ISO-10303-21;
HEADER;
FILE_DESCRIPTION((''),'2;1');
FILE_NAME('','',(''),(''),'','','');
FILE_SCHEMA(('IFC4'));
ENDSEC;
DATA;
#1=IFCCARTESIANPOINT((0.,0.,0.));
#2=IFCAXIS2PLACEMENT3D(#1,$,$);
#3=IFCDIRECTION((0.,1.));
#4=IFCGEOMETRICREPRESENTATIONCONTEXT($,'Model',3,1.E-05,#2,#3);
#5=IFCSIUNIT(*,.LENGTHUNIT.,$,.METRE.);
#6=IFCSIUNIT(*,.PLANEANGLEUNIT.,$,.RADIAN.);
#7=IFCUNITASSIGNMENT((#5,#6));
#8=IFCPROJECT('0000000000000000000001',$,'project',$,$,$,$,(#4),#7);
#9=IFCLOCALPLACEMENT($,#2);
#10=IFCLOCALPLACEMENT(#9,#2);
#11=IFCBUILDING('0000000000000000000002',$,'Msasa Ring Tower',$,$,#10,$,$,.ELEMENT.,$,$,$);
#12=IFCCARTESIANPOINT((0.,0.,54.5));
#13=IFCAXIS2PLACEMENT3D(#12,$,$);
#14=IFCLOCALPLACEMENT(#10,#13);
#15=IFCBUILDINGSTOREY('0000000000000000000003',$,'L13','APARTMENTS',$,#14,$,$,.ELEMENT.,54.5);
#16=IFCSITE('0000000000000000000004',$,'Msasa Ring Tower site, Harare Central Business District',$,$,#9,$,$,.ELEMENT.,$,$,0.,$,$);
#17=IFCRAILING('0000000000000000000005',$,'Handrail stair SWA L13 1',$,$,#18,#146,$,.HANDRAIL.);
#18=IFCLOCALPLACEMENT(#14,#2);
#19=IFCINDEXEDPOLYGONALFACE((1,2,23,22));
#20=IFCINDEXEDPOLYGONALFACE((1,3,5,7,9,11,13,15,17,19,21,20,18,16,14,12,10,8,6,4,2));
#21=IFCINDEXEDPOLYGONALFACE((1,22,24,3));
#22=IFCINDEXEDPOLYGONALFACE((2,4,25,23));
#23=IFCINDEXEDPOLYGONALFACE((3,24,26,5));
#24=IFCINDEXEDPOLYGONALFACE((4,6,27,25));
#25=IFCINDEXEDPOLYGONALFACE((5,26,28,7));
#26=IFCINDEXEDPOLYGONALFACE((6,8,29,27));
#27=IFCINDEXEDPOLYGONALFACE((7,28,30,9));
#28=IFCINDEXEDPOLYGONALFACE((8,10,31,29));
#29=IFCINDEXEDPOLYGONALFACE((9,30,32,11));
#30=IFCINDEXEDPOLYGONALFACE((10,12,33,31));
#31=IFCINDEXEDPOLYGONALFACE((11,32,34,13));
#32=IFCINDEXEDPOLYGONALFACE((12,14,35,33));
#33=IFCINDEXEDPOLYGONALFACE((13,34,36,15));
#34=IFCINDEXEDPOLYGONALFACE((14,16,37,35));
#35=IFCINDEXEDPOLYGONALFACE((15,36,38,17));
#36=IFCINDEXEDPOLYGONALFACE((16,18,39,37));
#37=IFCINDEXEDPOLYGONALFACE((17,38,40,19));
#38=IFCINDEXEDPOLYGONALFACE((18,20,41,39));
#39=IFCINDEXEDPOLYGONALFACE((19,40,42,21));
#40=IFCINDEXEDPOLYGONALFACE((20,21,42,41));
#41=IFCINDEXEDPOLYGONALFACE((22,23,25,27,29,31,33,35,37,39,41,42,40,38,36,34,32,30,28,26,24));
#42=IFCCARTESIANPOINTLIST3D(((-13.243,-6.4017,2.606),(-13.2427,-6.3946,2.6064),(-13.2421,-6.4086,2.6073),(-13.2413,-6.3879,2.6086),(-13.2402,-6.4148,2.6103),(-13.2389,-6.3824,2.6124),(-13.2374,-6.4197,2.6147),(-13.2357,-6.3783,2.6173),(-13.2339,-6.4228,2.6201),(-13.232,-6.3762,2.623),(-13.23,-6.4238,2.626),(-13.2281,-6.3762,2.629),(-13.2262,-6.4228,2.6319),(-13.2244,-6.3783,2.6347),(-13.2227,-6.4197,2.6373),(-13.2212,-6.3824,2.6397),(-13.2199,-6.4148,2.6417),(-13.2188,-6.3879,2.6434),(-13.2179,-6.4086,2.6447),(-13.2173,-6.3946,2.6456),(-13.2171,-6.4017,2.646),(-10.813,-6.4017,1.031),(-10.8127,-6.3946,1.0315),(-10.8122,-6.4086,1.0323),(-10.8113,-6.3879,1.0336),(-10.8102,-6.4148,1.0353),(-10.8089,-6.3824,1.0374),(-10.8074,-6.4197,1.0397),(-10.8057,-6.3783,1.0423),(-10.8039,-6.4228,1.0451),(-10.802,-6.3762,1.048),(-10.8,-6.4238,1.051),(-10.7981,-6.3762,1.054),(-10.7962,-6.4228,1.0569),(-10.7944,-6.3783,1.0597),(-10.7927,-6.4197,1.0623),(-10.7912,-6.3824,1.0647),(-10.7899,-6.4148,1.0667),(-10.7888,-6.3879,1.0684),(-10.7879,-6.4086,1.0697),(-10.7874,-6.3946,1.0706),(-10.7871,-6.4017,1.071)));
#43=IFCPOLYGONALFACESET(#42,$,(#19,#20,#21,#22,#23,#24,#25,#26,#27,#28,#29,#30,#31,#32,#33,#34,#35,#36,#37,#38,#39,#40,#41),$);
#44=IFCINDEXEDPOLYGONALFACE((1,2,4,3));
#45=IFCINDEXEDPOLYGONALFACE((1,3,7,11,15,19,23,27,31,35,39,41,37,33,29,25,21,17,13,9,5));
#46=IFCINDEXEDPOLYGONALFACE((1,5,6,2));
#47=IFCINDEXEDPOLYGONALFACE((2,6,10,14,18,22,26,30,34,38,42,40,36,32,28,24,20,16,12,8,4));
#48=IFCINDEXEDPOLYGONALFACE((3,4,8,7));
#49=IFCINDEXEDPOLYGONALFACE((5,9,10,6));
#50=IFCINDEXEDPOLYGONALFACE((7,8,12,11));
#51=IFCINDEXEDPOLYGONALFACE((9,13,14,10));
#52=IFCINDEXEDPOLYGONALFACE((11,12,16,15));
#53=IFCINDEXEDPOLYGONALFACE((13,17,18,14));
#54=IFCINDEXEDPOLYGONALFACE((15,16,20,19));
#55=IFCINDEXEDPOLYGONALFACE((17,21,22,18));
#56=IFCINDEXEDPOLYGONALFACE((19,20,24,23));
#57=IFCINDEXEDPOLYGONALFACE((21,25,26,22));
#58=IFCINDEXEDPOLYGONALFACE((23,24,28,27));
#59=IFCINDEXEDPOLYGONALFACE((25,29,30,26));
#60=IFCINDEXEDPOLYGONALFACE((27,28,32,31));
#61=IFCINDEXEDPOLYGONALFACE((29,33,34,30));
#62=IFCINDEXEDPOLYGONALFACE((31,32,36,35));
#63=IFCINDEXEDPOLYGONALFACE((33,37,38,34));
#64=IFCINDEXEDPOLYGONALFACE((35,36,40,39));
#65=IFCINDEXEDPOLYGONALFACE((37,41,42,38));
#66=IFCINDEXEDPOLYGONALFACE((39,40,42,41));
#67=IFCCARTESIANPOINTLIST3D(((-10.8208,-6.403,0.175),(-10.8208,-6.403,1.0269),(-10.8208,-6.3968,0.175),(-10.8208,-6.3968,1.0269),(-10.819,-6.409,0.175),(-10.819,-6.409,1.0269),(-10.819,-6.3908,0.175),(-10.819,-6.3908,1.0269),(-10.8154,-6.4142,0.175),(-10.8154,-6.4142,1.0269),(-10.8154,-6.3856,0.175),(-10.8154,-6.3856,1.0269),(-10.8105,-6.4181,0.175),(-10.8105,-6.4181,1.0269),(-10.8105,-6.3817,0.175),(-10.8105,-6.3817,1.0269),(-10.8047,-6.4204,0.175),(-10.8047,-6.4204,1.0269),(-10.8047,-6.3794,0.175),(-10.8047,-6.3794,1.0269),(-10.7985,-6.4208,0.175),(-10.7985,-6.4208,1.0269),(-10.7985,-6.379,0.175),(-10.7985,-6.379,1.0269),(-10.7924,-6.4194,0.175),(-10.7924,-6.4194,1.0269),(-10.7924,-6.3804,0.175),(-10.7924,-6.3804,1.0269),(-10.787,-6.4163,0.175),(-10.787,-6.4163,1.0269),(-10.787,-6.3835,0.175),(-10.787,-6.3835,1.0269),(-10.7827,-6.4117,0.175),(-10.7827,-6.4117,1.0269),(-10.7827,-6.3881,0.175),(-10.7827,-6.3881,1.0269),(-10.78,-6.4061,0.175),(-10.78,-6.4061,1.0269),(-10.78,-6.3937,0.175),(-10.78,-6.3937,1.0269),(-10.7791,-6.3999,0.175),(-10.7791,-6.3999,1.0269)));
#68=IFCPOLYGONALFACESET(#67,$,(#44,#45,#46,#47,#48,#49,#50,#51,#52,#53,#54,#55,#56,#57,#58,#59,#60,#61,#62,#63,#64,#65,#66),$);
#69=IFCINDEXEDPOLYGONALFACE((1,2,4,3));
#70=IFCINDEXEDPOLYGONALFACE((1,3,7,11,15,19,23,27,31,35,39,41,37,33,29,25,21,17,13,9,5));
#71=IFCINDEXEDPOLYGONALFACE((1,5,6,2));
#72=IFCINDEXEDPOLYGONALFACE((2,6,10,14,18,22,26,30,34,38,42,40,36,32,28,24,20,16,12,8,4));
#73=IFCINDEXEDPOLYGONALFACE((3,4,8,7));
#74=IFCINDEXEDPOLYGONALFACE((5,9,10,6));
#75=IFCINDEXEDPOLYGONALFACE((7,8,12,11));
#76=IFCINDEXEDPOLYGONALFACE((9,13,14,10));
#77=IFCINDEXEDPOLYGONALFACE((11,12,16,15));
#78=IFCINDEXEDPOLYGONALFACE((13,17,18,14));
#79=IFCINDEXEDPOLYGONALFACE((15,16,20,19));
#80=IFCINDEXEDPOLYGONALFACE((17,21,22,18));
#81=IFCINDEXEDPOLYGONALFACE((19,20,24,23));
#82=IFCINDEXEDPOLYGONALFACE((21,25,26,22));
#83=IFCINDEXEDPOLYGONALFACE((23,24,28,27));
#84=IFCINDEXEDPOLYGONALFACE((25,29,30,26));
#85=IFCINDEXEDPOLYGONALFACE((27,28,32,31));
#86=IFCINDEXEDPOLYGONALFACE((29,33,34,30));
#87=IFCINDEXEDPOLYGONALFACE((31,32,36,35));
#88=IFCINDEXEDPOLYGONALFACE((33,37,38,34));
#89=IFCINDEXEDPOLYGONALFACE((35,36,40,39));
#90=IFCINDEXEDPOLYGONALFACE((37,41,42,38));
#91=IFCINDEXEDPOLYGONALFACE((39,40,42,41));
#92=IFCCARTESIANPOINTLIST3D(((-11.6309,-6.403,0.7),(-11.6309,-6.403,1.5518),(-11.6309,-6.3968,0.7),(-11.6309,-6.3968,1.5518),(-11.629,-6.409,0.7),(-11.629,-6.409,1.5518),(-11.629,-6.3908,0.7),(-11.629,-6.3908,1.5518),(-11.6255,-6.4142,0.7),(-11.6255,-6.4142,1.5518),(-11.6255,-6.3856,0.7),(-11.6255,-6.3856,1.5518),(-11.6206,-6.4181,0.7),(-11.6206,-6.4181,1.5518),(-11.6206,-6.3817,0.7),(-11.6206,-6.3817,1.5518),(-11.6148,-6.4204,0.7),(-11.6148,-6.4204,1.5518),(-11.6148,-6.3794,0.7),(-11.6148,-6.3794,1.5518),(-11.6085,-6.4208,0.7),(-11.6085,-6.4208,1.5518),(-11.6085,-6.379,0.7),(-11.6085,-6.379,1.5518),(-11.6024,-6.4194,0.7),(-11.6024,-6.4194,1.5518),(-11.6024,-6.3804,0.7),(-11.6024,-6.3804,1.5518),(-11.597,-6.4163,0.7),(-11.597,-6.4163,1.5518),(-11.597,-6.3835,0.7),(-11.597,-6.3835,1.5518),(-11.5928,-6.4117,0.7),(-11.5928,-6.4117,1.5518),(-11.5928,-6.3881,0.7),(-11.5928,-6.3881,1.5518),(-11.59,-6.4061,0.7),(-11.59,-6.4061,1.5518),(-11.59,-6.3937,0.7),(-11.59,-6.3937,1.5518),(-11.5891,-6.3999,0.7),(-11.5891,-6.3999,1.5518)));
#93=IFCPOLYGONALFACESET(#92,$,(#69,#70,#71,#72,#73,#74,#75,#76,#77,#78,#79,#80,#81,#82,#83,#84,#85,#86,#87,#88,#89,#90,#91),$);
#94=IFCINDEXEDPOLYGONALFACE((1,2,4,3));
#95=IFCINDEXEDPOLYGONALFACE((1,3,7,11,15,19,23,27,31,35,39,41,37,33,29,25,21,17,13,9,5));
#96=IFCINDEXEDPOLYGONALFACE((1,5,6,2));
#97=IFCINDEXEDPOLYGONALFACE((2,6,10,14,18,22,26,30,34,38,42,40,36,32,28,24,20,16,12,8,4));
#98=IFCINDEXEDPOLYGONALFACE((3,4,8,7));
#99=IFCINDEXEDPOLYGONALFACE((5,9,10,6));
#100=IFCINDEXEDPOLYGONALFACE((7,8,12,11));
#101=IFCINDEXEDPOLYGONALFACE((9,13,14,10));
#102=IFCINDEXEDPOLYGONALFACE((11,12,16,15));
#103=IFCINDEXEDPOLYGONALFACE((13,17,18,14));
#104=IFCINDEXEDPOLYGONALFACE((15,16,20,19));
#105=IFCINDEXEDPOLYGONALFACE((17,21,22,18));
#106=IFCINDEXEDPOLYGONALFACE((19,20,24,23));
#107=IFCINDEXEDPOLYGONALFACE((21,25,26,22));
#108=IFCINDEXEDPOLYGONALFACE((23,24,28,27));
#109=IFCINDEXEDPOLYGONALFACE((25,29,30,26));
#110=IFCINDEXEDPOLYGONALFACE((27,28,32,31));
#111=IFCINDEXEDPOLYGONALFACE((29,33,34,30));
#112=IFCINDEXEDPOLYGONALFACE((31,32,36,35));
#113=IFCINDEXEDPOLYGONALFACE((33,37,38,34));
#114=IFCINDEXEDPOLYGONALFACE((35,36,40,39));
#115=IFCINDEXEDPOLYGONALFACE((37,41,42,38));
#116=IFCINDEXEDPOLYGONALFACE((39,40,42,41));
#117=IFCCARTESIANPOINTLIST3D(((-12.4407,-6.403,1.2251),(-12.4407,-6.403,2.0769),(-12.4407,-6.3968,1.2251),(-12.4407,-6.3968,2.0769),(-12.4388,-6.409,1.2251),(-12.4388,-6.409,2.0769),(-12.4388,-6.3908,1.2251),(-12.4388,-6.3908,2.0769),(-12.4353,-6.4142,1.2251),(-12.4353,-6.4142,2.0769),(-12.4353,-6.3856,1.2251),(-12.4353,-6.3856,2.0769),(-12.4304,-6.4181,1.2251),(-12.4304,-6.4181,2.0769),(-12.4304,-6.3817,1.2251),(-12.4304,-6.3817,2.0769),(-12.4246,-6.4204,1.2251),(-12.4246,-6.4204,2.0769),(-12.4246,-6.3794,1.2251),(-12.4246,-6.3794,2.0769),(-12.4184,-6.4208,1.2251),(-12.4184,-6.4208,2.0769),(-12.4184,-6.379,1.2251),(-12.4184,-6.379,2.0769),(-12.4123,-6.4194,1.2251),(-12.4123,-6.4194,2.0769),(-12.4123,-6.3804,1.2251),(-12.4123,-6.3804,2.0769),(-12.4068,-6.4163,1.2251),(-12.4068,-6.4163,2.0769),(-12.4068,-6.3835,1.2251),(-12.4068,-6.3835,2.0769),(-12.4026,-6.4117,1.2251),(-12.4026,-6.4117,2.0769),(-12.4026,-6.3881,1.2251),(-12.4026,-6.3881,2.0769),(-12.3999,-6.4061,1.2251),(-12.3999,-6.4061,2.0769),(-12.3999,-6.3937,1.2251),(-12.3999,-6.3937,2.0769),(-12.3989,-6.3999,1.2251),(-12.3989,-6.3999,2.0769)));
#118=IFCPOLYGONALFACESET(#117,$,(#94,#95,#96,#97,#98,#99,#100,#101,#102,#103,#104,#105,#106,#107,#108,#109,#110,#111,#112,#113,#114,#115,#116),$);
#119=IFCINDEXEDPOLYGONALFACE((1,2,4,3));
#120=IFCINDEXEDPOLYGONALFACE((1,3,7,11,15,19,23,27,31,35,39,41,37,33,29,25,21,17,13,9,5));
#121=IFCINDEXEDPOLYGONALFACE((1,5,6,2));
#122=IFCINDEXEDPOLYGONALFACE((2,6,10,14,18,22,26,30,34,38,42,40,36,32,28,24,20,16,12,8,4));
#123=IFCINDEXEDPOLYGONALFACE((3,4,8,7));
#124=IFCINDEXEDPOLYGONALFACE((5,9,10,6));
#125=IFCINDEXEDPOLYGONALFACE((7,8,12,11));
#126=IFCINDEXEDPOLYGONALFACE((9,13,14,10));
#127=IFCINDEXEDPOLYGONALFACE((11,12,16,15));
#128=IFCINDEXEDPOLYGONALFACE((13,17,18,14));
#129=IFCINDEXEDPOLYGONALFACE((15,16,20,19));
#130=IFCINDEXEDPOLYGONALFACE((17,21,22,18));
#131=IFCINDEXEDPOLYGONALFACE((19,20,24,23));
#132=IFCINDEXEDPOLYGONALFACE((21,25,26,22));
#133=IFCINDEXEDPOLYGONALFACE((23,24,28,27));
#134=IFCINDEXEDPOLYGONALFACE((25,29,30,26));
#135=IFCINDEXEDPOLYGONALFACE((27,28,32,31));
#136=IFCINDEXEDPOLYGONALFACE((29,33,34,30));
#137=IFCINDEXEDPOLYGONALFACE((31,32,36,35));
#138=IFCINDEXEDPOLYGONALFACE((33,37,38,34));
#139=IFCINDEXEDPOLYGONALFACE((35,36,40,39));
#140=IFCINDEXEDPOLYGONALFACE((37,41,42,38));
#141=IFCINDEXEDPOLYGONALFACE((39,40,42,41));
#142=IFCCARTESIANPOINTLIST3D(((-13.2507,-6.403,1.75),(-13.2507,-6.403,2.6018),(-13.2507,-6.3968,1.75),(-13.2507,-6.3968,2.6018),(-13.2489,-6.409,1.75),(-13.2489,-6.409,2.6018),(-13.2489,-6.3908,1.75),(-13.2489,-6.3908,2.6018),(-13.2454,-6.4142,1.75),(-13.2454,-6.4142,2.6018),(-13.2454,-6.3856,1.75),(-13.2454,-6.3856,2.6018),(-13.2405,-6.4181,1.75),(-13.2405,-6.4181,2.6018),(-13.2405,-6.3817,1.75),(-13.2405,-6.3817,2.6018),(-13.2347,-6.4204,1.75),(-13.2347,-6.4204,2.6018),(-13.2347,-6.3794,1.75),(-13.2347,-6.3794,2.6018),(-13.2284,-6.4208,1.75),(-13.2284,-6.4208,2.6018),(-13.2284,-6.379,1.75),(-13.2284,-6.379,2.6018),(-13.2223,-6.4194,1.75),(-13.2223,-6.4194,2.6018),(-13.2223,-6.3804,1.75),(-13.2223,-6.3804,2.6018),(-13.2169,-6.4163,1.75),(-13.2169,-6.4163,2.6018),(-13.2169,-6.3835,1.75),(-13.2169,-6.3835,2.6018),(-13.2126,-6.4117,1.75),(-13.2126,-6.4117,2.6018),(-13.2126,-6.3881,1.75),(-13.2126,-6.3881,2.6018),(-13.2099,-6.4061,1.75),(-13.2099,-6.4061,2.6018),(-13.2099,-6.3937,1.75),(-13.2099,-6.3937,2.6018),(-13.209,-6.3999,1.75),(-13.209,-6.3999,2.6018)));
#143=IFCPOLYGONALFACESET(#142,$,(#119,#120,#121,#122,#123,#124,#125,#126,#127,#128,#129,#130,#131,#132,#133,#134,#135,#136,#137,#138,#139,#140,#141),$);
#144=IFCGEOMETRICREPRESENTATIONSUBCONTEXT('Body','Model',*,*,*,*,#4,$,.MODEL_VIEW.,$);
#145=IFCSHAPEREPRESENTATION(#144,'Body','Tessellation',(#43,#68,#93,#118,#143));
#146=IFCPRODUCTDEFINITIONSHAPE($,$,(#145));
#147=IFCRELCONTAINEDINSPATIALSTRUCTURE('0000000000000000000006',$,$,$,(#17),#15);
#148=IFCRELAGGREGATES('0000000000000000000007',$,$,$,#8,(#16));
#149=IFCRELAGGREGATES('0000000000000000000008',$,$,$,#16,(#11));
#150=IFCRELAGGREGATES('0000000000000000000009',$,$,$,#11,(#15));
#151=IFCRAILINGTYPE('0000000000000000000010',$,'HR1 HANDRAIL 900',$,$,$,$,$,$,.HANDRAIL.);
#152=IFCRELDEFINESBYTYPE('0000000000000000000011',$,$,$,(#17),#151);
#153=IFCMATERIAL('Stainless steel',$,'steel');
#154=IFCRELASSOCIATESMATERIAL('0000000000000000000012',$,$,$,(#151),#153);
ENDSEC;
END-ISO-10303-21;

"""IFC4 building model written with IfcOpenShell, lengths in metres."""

from ifc_helpers import new_model, si_unit, direction, frame, origin, origin_2d, place, context, subcontext, project, spatial, circle, extrude, material, type_object, element, save


model = new_model("IFC4")

# Units and contexts
model_context = context("Model", 3, precision=1e-05, world=origin(), true_north=direction((0.0, 1.0)))
body_context = subcontext(model_context, "Body", "Model", "MODEL_VIEW")
ifc_project = project(units=[si_unit("LENGTHUNIT", "METRE"), si_unit("PLANEANGLEUNIT", "RADIAN")], contexts=[model_context])

# Site, building, storey
site_placement = place(None, origin())
site = spatial("IfcSite", under=ifc_project, at=site_placement, Name="Msasa Ring Tower site, Harare Central Business District", CompositionType="ELEMENT", RefElevation=0.0)
building_placement = place(site_placement, origin())
building = spatial("IfcBuilding", under=site, at=building_placement, Name="Msasa Ring Tower", CompositionType="ELEMENT")
storey_placement = place(building_placement, frame((0.0, 0.0, 54.5)))
storey = spatial("IfcBuildingStorey", under=building, at=storey_placement, Name="L13", Description="APARTMENTS", CompositionType="ELEMENT", Elevation=54.5)

# Railing
ifc_material_1 = material(Name="Stainless steel", Category="steel")
railing_type = type_object("IfcRailingType", Name="HR1 HANDRAIL 900", PredefinedType="HANDRAIL", material=ifc_material_1)
for number, where, name in (
    (1, (-10.8, -6.3999, 0.175), "Handrail stair SWA L13 1"),
):
    element("IfcRailing", number, at=place(storey_placement, frame(where)), inside=storey, type_object=railing_type, Name=name, PredefinedType="HANDRAIL", context=body_context, shape_type="SweptSolid", body=[
        extrude(circle(Radius=0.0239, at=origin_2d()), frame((0.0, 0.0, 0.876), z_axis=(-0.839154, 0.0, 0.543894), x_axis=(0.0, -1.0, 0.0)), (0.0, 0.0, 1.0), 2.8958),
        extrude(circle(Radius=0.021, at=origin_2d()), origin(), (0.0, 0.0, 1.0), 0.8518),
        extrude(circle(Radius=0.021, at=origin_2d()), frame((-0.8101, 0.0, 0.5249)), (0.0, 0.0, 1.0), 0.8518),
        extrude(circle(Radius=0.021, at=origin_2d()), frame((-1.6199, 0.0, 1.05)), (0.0, 0.0, 1.0), 0.8518),
        extrude(circle(Radius=0.021, at=origin_2d()), frame((-2.4299, 0.0, 1.575)), (0.0, 0.0, 1.0), 0.8518),
    ])

save(model, "model.ifc")
